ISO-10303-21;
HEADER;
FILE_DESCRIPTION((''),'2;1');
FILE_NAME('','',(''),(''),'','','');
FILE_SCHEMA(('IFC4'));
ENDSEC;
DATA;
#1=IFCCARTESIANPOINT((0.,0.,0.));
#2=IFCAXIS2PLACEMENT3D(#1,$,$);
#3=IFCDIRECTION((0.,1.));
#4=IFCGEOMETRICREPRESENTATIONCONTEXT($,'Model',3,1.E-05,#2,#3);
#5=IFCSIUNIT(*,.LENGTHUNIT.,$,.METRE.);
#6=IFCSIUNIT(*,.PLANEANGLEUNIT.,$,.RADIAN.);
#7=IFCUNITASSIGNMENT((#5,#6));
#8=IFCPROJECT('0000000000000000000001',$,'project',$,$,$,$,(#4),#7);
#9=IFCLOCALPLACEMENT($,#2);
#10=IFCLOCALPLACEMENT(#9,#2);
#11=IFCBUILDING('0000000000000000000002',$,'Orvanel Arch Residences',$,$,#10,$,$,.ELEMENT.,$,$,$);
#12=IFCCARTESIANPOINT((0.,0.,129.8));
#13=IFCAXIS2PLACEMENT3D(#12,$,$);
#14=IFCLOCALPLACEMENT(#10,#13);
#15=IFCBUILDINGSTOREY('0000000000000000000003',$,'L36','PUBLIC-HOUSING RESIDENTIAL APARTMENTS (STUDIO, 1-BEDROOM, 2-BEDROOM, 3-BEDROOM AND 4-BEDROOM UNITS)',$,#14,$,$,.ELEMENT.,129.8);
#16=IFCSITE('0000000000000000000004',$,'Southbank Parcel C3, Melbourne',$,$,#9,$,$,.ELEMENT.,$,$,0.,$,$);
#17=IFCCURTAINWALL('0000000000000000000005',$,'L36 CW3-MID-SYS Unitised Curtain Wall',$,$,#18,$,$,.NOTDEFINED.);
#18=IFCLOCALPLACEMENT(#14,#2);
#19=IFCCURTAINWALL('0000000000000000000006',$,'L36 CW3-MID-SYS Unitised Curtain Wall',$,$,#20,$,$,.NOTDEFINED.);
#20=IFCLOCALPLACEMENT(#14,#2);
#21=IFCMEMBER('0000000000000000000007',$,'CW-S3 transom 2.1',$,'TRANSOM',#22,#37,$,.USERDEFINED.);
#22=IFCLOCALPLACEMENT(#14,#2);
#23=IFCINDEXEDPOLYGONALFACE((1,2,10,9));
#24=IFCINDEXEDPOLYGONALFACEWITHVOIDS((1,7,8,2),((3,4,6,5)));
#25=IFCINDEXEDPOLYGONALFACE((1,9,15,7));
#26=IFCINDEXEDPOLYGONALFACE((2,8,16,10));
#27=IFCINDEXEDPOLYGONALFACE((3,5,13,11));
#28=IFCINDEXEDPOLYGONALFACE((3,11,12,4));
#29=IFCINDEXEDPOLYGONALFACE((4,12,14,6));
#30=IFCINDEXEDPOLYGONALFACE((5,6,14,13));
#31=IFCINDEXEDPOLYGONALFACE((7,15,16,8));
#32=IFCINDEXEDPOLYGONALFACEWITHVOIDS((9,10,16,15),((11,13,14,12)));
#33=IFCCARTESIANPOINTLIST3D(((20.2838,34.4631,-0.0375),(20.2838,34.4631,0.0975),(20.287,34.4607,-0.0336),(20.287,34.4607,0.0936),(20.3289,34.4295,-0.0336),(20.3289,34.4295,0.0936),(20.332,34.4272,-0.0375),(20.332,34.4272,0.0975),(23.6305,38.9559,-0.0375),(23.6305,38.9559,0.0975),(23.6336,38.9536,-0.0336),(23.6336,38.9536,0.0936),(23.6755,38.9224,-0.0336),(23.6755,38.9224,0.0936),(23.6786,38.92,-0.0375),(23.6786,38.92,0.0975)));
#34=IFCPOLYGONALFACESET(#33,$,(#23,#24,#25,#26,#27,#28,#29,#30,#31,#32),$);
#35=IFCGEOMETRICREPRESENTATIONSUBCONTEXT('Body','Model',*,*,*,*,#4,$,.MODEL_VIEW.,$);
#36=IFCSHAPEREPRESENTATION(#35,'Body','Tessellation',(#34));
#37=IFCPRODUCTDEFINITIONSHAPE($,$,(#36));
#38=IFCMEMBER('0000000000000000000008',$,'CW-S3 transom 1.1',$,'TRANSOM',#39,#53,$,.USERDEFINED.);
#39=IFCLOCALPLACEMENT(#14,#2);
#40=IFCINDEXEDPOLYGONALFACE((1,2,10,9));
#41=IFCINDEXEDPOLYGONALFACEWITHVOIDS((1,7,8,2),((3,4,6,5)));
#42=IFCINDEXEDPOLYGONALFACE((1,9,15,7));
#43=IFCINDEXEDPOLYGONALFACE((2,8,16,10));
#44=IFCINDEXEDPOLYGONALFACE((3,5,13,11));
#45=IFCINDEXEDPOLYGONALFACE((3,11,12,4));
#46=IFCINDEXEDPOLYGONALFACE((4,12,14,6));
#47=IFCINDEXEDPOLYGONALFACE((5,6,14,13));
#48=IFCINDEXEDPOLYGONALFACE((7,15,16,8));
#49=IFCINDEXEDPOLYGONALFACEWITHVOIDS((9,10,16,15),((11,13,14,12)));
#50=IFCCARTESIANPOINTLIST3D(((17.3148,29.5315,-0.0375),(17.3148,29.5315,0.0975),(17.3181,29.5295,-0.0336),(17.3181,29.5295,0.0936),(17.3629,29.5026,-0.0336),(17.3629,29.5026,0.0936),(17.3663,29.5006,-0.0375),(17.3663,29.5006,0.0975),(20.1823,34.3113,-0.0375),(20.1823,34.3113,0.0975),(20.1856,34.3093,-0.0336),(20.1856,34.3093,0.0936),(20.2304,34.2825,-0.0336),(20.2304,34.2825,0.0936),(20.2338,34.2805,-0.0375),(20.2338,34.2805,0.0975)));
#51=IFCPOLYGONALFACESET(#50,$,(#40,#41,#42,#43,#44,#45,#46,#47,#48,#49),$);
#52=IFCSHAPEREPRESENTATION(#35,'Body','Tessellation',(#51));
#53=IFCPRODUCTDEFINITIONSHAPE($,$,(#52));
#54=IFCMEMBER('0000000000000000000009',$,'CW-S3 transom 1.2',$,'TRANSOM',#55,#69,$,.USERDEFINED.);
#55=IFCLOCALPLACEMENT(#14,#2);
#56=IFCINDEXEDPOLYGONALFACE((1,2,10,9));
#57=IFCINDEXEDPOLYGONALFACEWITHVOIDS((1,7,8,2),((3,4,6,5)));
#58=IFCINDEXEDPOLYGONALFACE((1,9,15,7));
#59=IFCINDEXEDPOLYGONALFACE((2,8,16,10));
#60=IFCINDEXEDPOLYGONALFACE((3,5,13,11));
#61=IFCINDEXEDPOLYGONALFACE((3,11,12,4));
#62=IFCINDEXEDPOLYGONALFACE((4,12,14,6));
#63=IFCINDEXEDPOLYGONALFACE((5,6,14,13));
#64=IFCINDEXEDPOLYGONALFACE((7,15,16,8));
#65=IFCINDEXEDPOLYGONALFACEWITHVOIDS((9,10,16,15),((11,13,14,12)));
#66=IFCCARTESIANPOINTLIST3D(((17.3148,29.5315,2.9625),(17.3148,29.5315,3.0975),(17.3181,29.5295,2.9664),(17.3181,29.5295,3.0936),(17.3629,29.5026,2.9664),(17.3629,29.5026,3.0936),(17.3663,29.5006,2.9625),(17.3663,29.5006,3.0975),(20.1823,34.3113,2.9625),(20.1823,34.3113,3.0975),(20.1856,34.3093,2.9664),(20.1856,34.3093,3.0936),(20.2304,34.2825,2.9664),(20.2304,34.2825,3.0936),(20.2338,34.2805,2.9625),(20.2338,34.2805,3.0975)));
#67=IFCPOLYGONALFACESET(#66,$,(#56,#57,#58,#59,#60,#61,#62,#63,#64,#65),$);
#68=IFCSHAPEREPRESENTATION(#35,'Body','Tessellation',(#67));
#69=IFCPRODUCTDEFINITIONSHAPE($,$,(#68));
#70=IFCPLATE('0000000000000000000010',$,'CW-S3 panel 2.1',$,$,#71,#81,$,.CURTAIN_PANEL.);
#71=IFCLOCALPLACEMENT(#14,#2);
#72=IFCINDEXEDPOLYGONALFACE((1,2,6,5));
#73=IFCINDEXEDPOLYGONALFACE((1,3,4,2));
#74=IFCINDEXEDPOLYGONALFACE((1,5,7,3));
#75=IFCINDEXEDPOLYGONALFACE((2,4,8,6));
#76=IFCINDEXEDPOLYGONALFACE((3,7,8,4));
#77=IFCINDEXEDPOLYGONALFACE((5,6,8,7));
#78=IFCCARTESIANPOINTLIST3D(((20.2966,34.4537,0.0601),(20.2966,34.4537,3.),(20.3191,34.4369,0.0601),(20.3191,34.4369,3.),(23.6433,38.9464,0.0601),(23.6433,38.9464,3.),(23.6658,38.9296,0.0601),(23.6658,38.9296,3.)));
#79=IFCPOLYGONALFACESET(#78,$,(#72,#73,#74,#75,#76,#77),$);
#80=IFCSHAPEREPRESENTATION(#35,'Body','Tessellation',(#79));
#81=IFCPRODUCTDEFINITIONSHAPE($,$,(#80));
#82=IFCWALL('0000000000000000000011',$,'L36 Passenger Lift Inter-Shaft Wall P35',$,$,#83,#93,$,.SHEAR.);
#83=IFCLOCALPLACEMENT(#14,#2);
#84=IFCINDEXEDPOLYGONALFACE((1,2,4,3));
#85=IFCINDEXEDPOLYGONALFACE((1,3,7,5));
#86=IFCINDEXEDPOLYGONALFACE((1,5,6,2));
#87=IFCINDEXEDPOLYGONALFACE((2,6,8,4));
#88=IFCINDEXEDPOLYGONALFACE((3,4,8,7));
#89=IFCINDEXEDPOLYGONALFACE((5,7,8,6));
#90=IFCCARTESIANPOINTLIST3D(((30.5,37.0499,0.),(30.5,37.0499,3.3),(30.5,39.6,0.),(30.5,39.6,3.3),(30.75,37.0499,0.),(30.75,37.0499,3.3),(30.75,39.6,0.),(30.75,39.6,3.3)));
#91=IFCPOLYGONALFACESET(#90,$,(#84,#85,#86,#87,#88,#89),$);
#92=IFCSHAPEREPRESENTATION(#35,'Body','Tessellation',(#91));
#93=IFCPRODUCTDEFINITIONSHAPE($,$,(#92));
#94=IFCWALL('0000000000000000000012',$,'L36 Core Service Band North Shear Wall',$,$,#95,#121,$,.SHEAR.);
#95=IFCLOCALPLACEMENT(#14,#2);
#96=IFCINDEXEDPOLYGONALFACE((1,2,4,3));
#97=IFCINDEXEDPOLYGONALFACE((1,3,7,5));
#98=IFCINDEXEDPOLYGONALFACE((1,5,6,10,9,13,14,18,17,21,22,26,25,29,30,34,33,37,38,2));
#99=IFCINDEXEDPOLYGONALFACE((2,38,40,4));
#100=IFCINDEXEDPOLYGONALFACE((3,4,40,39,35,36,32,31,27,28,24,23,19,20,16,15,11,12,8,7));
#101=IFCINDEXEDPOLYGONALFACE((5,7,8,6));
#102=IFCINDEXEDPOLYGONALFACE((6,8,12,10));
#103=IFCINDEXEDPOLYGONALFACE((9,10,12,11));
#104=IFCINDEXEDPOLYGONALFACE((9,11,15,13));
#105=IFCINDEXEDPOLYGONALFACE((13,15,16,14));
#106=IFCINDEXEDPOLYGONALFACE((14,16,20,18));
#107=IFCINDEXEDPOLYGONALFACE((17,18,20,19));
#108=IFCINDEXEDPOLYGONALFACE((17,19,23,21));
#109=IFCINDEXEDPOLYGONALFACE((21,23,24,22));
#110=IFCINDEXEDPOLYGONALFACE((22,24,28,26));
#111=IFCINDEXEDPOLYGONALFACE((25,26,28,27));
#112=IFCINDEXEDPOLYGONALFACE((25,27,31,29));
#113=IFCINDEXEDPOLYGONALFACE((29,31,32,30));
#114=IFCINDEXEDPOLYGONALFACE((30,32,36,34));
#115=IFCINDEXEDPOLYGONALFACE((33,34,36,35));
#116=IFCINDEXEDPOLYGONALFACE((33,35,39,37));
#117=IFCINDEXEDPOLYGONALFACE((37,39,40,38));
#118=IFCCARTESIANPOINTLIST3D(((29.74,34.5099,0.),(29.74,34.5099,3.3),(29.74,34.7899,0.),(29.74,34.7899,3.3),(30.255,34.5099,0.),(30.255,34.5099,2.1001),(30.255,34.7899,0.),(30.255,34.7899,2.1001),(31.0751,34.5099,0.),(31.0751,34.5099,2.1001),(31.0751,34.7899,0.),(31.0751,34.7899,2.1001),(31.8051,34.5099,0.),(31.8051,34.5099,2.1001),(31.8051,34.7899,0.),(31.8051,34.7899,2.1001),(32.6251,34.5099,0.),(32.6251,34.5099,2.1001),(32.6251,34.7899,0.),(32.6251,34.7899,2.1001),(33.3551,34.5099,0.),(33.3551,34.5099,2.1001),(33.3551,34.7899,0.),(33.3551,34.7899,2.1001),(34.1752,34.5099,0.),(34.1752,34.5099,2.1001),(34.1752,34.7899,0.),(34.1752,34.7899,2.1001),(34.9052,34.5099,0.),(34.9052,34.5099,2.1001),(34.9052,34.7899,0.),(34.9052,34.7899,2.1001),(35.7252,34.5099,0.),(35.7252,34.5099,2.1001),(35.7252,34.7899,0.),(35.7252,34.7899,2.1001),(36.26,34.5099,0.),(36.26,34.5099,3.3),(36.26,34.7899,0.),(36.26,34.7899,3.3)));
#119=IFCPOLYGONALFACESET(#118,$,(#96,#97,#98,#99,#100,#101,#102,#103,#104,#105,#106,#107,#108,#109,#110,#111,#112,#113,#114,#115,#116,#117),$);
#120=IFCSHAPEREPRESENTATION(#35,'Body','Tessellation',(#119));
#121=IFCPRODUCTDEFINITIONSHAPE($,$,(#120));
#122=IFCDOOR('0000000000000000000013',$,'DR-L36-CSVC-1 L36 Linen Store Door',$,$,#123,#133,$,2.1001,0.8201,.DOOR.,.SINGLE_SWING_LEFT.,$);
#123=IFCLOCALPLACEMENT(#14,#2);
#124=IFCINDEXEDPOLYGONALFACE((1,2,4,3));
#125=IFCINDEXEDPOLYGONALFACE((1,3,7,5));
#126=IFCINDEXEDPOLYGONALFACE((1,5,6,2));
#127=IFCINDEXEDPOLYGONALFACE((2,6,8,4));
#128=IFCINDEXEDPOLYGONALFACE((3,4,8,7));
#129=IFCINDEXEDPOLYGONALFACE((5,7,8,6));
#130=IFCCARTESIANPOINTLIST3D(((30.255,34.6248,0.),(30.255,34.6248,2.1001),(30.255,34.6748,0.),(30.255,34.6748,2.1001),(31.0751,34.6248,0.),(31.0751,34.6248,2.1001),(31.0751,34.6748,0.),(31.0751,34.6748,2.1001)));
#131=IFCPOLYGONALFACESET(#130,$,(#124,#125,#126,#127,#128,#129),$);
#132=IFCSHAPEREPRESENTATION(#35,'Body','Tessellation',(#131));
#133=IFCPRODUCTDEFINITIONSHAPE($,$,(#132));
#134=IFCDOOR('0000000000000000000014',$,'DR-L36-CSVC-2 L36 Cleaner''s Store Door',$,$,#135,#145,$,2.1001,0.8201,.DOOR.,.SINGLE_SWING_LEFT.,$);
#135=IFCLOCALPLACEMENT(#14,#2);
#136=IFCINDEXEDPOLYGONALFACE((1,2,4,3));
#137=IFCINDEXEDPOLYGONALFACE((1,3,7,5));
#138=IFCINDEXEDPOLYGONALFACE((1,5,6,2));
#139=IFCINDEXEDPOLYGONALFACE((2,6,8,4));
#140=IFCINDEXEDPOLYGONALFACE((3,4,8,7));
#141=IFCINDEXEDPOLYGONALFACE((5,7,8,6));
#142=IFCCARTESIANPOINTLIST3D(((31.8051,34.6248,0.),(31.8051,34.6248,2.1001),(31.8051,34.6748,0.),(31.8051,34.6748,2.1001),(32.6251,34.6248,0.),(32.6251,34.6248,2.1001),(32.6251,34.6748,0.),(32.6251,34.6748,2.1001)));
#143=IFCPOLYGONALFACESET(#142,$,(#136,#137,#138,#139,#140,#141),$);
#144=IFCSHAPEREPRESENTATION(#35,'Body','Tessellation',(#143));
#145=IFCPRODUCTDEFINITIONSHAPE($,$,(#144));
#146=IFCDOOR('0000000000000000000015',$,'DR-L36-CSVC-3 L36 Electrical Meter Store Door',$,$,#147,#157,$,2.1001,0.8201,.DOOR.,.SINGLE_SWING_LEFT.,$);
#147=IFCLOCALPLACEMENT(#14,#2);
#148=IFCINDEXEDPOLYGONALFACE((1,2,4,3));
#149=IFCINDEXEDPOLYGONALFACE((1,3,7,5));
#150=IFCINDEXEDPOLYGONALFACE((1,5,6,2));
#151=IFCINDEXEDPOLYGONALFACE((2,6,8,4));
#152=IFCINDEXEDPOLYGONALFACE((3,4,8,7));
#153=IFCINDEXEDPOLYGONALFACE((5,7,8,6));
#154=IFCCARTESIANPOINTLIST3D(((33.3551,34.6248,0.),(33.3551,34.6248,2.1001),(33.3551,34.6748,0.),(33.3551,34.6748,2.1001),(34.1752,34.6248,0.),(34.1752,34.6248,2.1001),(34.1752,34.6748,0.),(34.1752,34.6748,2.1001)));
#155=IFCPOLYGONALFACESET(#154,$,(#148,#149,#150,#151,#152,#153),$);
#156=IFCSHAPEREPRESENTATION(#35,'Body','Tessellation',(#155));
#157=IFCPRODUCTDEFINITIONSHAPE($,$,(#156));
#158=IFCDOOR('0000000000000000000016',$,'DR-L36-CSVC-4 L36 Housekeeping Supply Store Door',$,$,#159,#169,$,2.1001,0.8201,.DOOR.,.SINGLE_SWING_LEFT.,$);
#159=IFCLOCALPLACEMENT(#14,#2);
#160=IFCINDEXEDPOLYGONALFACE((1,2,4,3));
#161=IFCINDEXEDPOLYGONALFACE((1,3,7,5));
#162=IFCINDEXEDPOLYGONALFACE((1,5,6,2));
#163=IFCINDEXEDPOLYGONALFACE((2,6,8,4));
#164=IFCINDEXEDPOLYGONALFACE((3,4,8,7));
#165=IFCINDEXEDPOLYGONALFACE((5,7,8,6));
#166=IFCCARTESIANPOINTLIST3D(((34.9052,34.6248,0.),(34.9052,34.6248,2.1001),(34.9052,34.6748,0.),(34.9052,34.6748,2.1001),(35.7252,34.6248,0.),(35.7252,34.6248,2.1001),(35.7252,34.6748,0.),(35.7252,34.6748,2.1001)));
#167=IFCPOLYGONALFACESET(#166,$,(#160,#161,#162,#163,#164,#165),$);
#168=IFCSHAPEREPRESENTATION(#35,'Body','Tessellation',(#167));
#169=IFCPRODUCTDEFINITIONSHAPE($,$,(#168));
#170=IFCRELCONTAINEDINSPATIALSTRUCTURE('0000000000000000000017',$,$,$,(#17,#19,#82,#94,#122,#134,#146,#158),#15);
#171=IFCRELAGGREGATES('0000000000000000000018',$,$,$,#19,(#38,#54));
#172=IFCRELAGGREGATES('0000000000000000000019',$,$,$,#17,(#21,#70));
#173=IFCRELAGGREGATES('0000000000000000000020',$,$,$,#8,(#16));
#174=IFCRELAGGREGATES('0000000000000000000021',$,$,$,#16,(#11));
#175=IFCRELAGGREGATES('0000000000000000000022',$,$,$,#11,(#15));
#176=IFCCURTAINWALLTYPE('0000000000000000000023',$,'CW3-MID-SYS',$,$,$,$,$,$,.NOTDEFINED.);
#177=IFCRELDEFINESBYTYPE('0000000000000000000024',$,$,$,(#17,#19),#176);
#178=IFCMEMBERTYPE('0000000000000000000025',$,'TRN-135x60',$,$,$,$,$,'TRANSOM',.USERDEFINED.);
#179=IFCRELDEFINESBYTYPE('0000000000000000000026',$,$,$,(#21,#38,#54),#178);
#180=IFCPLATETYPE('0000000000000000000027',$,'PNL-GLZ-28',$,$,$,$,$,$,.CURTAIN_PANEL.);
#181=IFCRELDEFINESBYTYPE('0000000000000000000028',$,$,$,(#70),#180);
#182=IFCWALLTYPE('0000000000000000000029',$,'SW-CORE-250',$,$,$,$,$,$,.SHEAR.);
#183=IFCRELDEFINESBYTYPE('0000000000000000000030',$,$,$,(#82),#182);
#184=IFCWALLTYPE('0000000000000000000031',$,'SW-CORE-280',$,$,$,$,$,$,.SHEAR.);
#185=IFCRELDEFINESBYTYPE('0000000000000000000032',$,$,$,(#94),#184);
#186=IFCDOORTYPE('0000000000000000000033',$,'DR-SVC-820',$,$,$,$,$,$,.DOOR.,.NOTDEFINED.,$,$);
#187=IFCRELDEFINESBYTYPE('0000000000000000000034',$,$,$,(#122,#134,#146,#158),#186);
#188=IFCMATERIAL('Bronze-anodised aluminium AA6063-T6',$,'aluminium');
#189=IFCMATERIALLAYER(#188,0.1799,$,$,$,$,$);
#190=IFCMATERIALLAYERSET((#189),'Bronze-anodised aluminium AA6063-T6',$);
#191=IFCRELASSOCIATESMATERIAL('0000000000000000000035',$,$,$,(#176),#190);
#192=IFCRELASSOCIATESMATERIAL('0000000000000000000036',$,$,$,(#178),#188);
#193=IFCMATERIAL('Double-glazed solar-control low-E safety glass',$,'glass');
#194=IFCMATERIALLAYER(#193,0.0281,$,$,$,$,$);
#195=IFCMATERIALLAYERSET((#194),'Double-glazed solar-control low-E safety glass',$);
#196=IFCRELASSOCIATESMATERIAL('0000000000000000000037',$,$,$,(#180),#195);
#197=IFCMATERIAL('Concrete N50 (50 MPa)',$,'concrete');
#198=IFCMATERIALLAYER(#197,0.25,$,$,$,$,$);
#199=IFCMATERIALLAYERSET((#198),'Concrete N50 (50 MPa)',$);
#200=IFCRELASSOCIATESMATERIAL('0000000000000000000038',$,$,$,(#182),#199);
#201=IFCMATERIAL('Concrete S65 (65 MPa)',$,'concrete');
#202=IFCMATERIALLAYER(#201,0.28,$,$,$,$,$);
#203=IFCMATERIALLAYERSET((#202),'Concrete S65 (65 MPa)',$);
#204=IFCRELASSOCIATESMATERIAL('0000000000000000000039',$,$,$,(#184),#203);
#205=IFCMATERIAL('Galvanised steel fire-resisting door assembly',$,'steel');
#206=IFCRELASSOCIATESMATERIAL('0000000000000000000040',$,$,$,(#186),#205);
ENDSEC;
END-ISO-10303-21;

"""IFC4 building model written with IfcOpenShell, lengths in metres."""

from ifc_helpers import new_model, si_unit, direction, frame, frame_2d, origin, origin_2d, place, context, subcontext, project, spatial, rectangle, hollow_rectangle, extrude, material, layer, layer_set, material_profile, profile_set, type_object, element, fill, aggregate, save


model = new_model("IFC4")

# Units and contexts
model_context = context("Model", 3, precision=1e-05, world=origin(), true_north=direction((0.0, 1.0)))
body_context = subcontext(model_context, "Body", "Model", "MODEL_VIEW")
ifc_project = project(units=[si_unit("LENGTHUNIT", "METRE"), si_unit("PLANEANGLEUNIT", "RADIAN")], contexts=[model_context])

# Site, building, storey
site_placement = place(None, origin())
site = spatial("IfcSite", under=ifc_project, at=site_placement, Name="Southbank Parcel C3, Melbourne", CompositionType="ELEMENT", RefElevation=0.0)
building_placement = place(site_placement, origin())
building = spatial("IfcBuilding", under=site, at=building_placement, Name="Orvanel Arch Residences", CompositionType="ELEMENT")
storey_placement = place(building_placement, frame((0.0, 0.0, 129.8)))
storey = spatial("IfcBuildingStorey", under=building, at=storey_placement, Name="L36", Description="PUBLIC-HOUSING RESIDENTIAL APARTMENTS (STUDIO, 1-BEDROOM, 2-BEDROOM, 3-BEDROOM AND 4-BEDROOM UNITS)", CompositionType="ELEMENT", Elevation=129.8)

# Shared definitions
ifc_material_1 = material(Name="Concrete S65 (65 MPa)", Category="concrete")

# Curtain walls
ifc_material_2 = material(Name="Bronze-anodised aluminium AA6063-T6", Category="aluminium")
ifc_layer_1 = layer(ifc_material_2, 0.1799)
ifc_layer_set_1 = layer_set([ifc_layer_1], Name="Bronze-anodised aluminium AA6063-T6")
curtain_wall_type = type_object("IfcCurtainWallType", Name="CW3-MID-SYS", PredefinedType="NOTDEFINED", material=ifc_layer_set_1)
curtain_wall_1_placement = place(storey_placement, origin())
curtain_wall_1 = element("IfcCurtainWall", 1, at=curtain_wall_1_placement, inside=storey, type_object=curtain_wall_type, Name="L36 CW3-MID-SYS Unitised Curtain Wall", PredefinedType="NOTDEFINED")
curtain_wall_2_placement = place(storey_placement, origin())
curtain_wall_2 = element("IfcCurtainWall", 2, at=curtain_wall_2_placement, inside=storey, type_object=curtain_wall_type, Name="L36 CW3-MID-SYS Unitised Curtain Wall", PredefinedType="NOTDEFINED")

# Members
ifc_material_profile_1 = material_profile(ifc_material_2, hollow_rectangle(XDim=0.0601, YDim=0.135, WallThickness=0.0039, at=origin_2d()), Name="ALU135x60x4")
ifc_profile_set_1 = profile_set([ifc_material_profile_1], Name="Bronze-anodised aluminium AA6063-T6")
member_type_1 = type_object("IfcMemberType", Name="TRN-135x60", ElementType="TRANSOM", PredefinedType="USERDEFINED", material=ifc_profile_set_1)
member_1_placement = place(storey_placement, frame((23.6545, 38.938, 0.03), z_axis=(-0.597368, -0.801967, 0.0), x_axis=(0.801967, -0.597368, 0.0)))
member_1 = element("IfcMember", 3, at=member_1_placement, type_object=member_type_1, Name="CW-S3 transom 2.1", ObjectType="TRANSOM", PredefinedType="USERDEFINED", context=body_context, shape_type="SweptSolid", body=[
    extrude(hollow_rectangle(XDim=0.0601, YDim=0.135, WallThickness=0.0039, at=origin_2d()), origin(), (0.0, 0.0, 1.0), 5.6023),
])
member_2_placement = place(storey_placement, frame((20.208, 34.2959, 0.03), z_axis=(-0.514438, -0.857528, 0.0), x_axis=(0.857528, -0.514438, 0.0)))
member_2 = element("IfcMember", 4, at=member_2_placement, type_object=member_type_1, Name="CW-S3 transom 1.1", ObjectType="TRANSOM", PredefinedType="USERDEFINED", context=body_context, shape_type="SweptSolid", body=[
    extrude(hollow_rectangle(XDim=0.0601, YDim=0.135, WallThickness=0.0039, at=origin_2d()), origin(), (0.0, 0.0, 1.0), 5.574),
])
member_3_placement = place(storey_placement, frame((20.208, 34.2959, 3.03), z_axis=(-0.514438, -0.857528, 0.0), x_axis=(0.857528, -0.514438, 0.0)))
member_3 = element("IfcMember", 5, at=member_3_placement, type_object=member_type_1, Name="CW-S3 transom 1.2", ObjectType="TRANSOM", PredefinedType="USERDEFINED", context=body_context, shape_type="SweptSolid", body=[
    extrude(hollow_rectangle(XDim=0.0601, YDim=0.135, WallThickness=0.0039, at=origin_2d()), origin(), (0.0, 0.0, 1.0), 5.574),
])
aggregate(curtain_wall_2, [member_2, member_3])

# Plate
ifc_material_3 = material(Name="Double-glazed solar-control low-E safety glass", Category="glass")
ifc_layer_2 = layer(ifc_material_3, 0.0281)
ifc_layer_set_2 = layer_set([ifc_layer_2], Name="Double-glazed solar-control low-E safety glass")
plate_type = type_object("IfcPlateType", Name="PNL-GLZ-28", PredefinedType="CURTAIN_PANEL", material=ifc_layer_set_2)
plate_placement = place(storey_placement, frame((21.9812, 36.6917, 0.0601), z_axis=(0.0, 0.0, 1.0), x_axis=(-0.59739, -0.801951, 0.0)))
plate = element("IfcPlate", 6, at=plate_placement, type_object=plate_type, Name="CW-S3 panel 2.1", PredefinedType="CURTAIN_PANEL", context=body_context, shape_type="SweptSolid", body=[
    extrude(rectangle(XDim=5.6023, YDim=0.0281, at=origin_2d()), origin(), (0.0, 0.0, 1.0), 2.9399),
])
aggregate(curtain_wall_1, [member_1, plate])

# Wall
ifc_material_4 = material(Name="Concrete N50 (50 MPa)", Category="concrete")
ifc_layer_3 = layer(ifc_material_4, 0.25)
ifc_layer_set_3 = layer_set([ifc_layer_3], Name="Concrete N50 (50 MPa)")
wall_type_1 = type_object("IfcWallType", Name="SW-CORE-250", PredefinedType="SHEAR", material=ifc_layer_set_3)
wall_1_placement = place(storey_placement, frame((30.625, 37.05, 0.0), z_axis=(0.0, 0.0, 1.0), x_axis=(0.0, 1.0, 0.0)))
element("IfcWall", 7, at=wall_1_placement, inside=storey, type_object=wall_type_1, Name="L36 Passenger Lift Inter-Shaft Wall P35", PredefinedType="SHEAR", context=body_context, shape_type="SweptSolid", body=[
    extrude(rectangle(XDim=2.55, YDim=0.25, at=frame_2d((1.2749, 0.0))), origin(), (0.0, 0.0, 1.0), 3.3),
])

# Wall, openings, doors
ifc_layer_4 = layer(ifc_material_1, 0.28)
ifc_layer_set_4 = layer_set([ifc_layer_4], Name="Concrete S65 (65 MPa)")
wall_type_2 = type_object("IfcWallType", Name="SW-CORE-280", PredefinedType="SHEAR", material=ifc_layer_set_4)
wall_2_placement = place(storey_placement, frame((29.74, 34.6499, 0.0), z_axis=(0.0, 0.0, 1.0), x_axis=(1.0, 0.0, 0.0)))
wall_2 = element("IfcWall", 8, at=wall_2_placement, inside=storey, type_object=wall_type_2, Name="L36 Core Service Band North Shear Wall", PredefinedType="SHEAR", context=body_context, shape_type="SweptSolid", body=[
    extrude(rectangle(XDim=6.52, YDim=0.28, at=frame_2d((3.26, 0.0))), origin(), (0.0, 0.0, 1.0), 3.3),
])
opening_1_placement = place(wall_2_placement, frame((0.5149, 0.0, 0.0)))
opening_1 = element("IfcOpeningElement", 9, at=opening_1_placement, cuts=wall_2, PredefinedType="OPENING", context=body_context, shape_type="SweptSolid", body=[
    extrude(rectangle(XDim=0.8201, YDim=2.1001, at=frame_2d((0.4102, 1.05))), frame((0.0, 0.1499, 0.0), z_axis=(0.0, -1.0, 0.0), x_axis=(1.0, 0.0, 0.0)), (0.0, 0.0, 1.0), 0.3),
])
opening_2_placement = place(wall_2_placement, frame((2.0649, 0.0, 0.0)))
opening_2 = element("IfcOpeningElement", 10, at=opening_2_placement, cuts=wall_2, PredefinedType="OPENING", context=body_context, shape_type="SweptSolid", body=[
    extrude(rectangle(XDim=0.8201, YDim=2.1001, at=frame_2d((0.4102, 1.05))), frame((0.0, 0.1499, 0.0), z_axis=(0.0, -1.0, 0.0), x_axis=(1.0, 0.0, 0.0)), (0.0, 0.0, 1.0), 0.3),
])
opening_3_placement = place(wall_2_placement, frame((3.615, 0.0, 0.0)))
opening_3 = element("IfcOpeningElement", 11, at=opening_3_placement, cuts=wall_2, PredefinedType="OPENING", context=body_context, shape_type="SweptSolid", body=[
    extrude(rectangle(XDim=0.8201, YDim=2.1001, at=frame_2d((0.4102, 1.05))), frame((0.0, 0.1499, 0.0), z_axis=(0.0, -1.0, 0.0), x_axis=(1.0, 0.0, 0.0)), (0.0, 0.0, 1.0), 0.3),
])
opening_4_placement = place(wall_2_placement, frame((5.165, 0.0, 0.0)))
opening_4 = element("IfcOpeningElement", 12, at=opening_4_placement, cuts=wall_2, PredefinedType="OPENING", context=body_context, shape_type="SweptSolid", body=[
    extrude(rectangle(XDim=0.8201, YDim=2.1001, at=frame_2d((0.4102, 1.05))), frame((0.0, 0.1499, 0.0), z_axis=(0.0, -1.0, 0.0), x_axis=(1.0, 0.0, 0.0)), (0.0, 0.0, 1.0), 0.3),
])
ifc_material_5 = material(Name="Galvanised steel fire-resisting door assembly", Category="steel")
door_type_1 = type_object("IfcDoorType", Name="DR-SVC-820", OperationType="NOTDEFINED", PredefinedType="DOOR", material=ifc_material_5)
door_1_placement = place(opening_1_placement, origin())
door_1 = element("IfcDoor", 13, at=door_1_placement, inside=storey, type_object=door_type_1, Name="DR-L36-CSVC-1 L36 Linen Store Door", OperationType="SINGLE_SWING_LEFT", OverallHeight=2.1001, OverallWidth=0.8201, PredefinedType="DOOR", context=body_context, shape_type="SweptSolid", body=[
    extrude(rectangle(XDim=0.8201, YDim=2.1001, at=frame_2d((0.4102, 1.05))), frame((0.0, 0.0249, 0.0), z_axis=(0.0, -1.0, 0.0), x_axis=(1.0, 0.0, 0.0)), (0.0, 0.0, 1.0), 0.05),
])
fill(opening_1, door_1)
door_2_placement = place(opening_2_placement, origin())
door_2 = element("IfcDoor", 14, at=door_2_placement, inside=storey, type_object=door_type_1, Name="DR-L36-CSVC-2 L36 Cleaner's Store Door", OperationType="SINGLE_SWING_LEFT", OverallHeight=2.1001, OverallWidth=0.8201, PredefinedType="DOOR", context=body_context, shape_type="SweptSolid", body=[
    extrude(rectangle(XDim=0.8201, YDim=2.1001, at=frame_2d((0.4102, 1.05))), frame((0.0, 0.0249, 0.0), z_axis=(0.0, -1.0, 0.0), x_axis=(1.0, 0.0, 0.0)), (0.0, 0.0, 1.0), 0.05),
])
fill(opening_2, door_2)
door_3_placement = place(opening_3_placement, origin())
door_3 = element("IfcDoor", 15, at=door_3_placement, inside=storey, type_object=door_type_1, Name="DR-L36-CSVC-3 L36 Electrical Meter Store Door", OperationType="SINGLE_SWING_LEFT", OverallHeight=2.1001, OverallWidth=0.8201, PredefinedType="DOOR", context=body_context, shape_type="SweptSolid", body=[
    extrude(rectangle(XDim=0.8201, YDim=2.1001, at=frame_2d((0.4102, 1.05))), frame((0.0, 0.0249, 0.0), z_axis=(0.0, -1.0, 0.0), x_axis=(1.0, 0.0, 0.0)), (0.0, 0.0, 1.0), 0.05),
])
fill(opening_3, door_3)
door_4_placement = place(opening_4_placement, origin())
door_4 = element("IfcDoor", 16, at=door_4_placement, inside=storey, type_object=door_type_1, Name="DR-L36-CSVC-4 L36 Housekeeping Supply Store Door", OperationType="SINGLE_SWING_LEFT", OverallHeight=2.1001, OverallWidth=0.8201, PredefinedType="DOOR", context=body_context, shape_type="SweptSolid", body=[
    extrude(rectangle(XDim=0.8201, YDim=2.1001, at=frame_2d((0.4102, 1.05))), frame((0.0, 0.0249, 0.0), z_axis=(0.0, -1.0, 0.0), x_axis=(1.0, 0.0, 0.0)), (0.0, 0.0, 1.0), 0.05),
])
fill(opening_4, door_4)

save(model, "model.ifc")
